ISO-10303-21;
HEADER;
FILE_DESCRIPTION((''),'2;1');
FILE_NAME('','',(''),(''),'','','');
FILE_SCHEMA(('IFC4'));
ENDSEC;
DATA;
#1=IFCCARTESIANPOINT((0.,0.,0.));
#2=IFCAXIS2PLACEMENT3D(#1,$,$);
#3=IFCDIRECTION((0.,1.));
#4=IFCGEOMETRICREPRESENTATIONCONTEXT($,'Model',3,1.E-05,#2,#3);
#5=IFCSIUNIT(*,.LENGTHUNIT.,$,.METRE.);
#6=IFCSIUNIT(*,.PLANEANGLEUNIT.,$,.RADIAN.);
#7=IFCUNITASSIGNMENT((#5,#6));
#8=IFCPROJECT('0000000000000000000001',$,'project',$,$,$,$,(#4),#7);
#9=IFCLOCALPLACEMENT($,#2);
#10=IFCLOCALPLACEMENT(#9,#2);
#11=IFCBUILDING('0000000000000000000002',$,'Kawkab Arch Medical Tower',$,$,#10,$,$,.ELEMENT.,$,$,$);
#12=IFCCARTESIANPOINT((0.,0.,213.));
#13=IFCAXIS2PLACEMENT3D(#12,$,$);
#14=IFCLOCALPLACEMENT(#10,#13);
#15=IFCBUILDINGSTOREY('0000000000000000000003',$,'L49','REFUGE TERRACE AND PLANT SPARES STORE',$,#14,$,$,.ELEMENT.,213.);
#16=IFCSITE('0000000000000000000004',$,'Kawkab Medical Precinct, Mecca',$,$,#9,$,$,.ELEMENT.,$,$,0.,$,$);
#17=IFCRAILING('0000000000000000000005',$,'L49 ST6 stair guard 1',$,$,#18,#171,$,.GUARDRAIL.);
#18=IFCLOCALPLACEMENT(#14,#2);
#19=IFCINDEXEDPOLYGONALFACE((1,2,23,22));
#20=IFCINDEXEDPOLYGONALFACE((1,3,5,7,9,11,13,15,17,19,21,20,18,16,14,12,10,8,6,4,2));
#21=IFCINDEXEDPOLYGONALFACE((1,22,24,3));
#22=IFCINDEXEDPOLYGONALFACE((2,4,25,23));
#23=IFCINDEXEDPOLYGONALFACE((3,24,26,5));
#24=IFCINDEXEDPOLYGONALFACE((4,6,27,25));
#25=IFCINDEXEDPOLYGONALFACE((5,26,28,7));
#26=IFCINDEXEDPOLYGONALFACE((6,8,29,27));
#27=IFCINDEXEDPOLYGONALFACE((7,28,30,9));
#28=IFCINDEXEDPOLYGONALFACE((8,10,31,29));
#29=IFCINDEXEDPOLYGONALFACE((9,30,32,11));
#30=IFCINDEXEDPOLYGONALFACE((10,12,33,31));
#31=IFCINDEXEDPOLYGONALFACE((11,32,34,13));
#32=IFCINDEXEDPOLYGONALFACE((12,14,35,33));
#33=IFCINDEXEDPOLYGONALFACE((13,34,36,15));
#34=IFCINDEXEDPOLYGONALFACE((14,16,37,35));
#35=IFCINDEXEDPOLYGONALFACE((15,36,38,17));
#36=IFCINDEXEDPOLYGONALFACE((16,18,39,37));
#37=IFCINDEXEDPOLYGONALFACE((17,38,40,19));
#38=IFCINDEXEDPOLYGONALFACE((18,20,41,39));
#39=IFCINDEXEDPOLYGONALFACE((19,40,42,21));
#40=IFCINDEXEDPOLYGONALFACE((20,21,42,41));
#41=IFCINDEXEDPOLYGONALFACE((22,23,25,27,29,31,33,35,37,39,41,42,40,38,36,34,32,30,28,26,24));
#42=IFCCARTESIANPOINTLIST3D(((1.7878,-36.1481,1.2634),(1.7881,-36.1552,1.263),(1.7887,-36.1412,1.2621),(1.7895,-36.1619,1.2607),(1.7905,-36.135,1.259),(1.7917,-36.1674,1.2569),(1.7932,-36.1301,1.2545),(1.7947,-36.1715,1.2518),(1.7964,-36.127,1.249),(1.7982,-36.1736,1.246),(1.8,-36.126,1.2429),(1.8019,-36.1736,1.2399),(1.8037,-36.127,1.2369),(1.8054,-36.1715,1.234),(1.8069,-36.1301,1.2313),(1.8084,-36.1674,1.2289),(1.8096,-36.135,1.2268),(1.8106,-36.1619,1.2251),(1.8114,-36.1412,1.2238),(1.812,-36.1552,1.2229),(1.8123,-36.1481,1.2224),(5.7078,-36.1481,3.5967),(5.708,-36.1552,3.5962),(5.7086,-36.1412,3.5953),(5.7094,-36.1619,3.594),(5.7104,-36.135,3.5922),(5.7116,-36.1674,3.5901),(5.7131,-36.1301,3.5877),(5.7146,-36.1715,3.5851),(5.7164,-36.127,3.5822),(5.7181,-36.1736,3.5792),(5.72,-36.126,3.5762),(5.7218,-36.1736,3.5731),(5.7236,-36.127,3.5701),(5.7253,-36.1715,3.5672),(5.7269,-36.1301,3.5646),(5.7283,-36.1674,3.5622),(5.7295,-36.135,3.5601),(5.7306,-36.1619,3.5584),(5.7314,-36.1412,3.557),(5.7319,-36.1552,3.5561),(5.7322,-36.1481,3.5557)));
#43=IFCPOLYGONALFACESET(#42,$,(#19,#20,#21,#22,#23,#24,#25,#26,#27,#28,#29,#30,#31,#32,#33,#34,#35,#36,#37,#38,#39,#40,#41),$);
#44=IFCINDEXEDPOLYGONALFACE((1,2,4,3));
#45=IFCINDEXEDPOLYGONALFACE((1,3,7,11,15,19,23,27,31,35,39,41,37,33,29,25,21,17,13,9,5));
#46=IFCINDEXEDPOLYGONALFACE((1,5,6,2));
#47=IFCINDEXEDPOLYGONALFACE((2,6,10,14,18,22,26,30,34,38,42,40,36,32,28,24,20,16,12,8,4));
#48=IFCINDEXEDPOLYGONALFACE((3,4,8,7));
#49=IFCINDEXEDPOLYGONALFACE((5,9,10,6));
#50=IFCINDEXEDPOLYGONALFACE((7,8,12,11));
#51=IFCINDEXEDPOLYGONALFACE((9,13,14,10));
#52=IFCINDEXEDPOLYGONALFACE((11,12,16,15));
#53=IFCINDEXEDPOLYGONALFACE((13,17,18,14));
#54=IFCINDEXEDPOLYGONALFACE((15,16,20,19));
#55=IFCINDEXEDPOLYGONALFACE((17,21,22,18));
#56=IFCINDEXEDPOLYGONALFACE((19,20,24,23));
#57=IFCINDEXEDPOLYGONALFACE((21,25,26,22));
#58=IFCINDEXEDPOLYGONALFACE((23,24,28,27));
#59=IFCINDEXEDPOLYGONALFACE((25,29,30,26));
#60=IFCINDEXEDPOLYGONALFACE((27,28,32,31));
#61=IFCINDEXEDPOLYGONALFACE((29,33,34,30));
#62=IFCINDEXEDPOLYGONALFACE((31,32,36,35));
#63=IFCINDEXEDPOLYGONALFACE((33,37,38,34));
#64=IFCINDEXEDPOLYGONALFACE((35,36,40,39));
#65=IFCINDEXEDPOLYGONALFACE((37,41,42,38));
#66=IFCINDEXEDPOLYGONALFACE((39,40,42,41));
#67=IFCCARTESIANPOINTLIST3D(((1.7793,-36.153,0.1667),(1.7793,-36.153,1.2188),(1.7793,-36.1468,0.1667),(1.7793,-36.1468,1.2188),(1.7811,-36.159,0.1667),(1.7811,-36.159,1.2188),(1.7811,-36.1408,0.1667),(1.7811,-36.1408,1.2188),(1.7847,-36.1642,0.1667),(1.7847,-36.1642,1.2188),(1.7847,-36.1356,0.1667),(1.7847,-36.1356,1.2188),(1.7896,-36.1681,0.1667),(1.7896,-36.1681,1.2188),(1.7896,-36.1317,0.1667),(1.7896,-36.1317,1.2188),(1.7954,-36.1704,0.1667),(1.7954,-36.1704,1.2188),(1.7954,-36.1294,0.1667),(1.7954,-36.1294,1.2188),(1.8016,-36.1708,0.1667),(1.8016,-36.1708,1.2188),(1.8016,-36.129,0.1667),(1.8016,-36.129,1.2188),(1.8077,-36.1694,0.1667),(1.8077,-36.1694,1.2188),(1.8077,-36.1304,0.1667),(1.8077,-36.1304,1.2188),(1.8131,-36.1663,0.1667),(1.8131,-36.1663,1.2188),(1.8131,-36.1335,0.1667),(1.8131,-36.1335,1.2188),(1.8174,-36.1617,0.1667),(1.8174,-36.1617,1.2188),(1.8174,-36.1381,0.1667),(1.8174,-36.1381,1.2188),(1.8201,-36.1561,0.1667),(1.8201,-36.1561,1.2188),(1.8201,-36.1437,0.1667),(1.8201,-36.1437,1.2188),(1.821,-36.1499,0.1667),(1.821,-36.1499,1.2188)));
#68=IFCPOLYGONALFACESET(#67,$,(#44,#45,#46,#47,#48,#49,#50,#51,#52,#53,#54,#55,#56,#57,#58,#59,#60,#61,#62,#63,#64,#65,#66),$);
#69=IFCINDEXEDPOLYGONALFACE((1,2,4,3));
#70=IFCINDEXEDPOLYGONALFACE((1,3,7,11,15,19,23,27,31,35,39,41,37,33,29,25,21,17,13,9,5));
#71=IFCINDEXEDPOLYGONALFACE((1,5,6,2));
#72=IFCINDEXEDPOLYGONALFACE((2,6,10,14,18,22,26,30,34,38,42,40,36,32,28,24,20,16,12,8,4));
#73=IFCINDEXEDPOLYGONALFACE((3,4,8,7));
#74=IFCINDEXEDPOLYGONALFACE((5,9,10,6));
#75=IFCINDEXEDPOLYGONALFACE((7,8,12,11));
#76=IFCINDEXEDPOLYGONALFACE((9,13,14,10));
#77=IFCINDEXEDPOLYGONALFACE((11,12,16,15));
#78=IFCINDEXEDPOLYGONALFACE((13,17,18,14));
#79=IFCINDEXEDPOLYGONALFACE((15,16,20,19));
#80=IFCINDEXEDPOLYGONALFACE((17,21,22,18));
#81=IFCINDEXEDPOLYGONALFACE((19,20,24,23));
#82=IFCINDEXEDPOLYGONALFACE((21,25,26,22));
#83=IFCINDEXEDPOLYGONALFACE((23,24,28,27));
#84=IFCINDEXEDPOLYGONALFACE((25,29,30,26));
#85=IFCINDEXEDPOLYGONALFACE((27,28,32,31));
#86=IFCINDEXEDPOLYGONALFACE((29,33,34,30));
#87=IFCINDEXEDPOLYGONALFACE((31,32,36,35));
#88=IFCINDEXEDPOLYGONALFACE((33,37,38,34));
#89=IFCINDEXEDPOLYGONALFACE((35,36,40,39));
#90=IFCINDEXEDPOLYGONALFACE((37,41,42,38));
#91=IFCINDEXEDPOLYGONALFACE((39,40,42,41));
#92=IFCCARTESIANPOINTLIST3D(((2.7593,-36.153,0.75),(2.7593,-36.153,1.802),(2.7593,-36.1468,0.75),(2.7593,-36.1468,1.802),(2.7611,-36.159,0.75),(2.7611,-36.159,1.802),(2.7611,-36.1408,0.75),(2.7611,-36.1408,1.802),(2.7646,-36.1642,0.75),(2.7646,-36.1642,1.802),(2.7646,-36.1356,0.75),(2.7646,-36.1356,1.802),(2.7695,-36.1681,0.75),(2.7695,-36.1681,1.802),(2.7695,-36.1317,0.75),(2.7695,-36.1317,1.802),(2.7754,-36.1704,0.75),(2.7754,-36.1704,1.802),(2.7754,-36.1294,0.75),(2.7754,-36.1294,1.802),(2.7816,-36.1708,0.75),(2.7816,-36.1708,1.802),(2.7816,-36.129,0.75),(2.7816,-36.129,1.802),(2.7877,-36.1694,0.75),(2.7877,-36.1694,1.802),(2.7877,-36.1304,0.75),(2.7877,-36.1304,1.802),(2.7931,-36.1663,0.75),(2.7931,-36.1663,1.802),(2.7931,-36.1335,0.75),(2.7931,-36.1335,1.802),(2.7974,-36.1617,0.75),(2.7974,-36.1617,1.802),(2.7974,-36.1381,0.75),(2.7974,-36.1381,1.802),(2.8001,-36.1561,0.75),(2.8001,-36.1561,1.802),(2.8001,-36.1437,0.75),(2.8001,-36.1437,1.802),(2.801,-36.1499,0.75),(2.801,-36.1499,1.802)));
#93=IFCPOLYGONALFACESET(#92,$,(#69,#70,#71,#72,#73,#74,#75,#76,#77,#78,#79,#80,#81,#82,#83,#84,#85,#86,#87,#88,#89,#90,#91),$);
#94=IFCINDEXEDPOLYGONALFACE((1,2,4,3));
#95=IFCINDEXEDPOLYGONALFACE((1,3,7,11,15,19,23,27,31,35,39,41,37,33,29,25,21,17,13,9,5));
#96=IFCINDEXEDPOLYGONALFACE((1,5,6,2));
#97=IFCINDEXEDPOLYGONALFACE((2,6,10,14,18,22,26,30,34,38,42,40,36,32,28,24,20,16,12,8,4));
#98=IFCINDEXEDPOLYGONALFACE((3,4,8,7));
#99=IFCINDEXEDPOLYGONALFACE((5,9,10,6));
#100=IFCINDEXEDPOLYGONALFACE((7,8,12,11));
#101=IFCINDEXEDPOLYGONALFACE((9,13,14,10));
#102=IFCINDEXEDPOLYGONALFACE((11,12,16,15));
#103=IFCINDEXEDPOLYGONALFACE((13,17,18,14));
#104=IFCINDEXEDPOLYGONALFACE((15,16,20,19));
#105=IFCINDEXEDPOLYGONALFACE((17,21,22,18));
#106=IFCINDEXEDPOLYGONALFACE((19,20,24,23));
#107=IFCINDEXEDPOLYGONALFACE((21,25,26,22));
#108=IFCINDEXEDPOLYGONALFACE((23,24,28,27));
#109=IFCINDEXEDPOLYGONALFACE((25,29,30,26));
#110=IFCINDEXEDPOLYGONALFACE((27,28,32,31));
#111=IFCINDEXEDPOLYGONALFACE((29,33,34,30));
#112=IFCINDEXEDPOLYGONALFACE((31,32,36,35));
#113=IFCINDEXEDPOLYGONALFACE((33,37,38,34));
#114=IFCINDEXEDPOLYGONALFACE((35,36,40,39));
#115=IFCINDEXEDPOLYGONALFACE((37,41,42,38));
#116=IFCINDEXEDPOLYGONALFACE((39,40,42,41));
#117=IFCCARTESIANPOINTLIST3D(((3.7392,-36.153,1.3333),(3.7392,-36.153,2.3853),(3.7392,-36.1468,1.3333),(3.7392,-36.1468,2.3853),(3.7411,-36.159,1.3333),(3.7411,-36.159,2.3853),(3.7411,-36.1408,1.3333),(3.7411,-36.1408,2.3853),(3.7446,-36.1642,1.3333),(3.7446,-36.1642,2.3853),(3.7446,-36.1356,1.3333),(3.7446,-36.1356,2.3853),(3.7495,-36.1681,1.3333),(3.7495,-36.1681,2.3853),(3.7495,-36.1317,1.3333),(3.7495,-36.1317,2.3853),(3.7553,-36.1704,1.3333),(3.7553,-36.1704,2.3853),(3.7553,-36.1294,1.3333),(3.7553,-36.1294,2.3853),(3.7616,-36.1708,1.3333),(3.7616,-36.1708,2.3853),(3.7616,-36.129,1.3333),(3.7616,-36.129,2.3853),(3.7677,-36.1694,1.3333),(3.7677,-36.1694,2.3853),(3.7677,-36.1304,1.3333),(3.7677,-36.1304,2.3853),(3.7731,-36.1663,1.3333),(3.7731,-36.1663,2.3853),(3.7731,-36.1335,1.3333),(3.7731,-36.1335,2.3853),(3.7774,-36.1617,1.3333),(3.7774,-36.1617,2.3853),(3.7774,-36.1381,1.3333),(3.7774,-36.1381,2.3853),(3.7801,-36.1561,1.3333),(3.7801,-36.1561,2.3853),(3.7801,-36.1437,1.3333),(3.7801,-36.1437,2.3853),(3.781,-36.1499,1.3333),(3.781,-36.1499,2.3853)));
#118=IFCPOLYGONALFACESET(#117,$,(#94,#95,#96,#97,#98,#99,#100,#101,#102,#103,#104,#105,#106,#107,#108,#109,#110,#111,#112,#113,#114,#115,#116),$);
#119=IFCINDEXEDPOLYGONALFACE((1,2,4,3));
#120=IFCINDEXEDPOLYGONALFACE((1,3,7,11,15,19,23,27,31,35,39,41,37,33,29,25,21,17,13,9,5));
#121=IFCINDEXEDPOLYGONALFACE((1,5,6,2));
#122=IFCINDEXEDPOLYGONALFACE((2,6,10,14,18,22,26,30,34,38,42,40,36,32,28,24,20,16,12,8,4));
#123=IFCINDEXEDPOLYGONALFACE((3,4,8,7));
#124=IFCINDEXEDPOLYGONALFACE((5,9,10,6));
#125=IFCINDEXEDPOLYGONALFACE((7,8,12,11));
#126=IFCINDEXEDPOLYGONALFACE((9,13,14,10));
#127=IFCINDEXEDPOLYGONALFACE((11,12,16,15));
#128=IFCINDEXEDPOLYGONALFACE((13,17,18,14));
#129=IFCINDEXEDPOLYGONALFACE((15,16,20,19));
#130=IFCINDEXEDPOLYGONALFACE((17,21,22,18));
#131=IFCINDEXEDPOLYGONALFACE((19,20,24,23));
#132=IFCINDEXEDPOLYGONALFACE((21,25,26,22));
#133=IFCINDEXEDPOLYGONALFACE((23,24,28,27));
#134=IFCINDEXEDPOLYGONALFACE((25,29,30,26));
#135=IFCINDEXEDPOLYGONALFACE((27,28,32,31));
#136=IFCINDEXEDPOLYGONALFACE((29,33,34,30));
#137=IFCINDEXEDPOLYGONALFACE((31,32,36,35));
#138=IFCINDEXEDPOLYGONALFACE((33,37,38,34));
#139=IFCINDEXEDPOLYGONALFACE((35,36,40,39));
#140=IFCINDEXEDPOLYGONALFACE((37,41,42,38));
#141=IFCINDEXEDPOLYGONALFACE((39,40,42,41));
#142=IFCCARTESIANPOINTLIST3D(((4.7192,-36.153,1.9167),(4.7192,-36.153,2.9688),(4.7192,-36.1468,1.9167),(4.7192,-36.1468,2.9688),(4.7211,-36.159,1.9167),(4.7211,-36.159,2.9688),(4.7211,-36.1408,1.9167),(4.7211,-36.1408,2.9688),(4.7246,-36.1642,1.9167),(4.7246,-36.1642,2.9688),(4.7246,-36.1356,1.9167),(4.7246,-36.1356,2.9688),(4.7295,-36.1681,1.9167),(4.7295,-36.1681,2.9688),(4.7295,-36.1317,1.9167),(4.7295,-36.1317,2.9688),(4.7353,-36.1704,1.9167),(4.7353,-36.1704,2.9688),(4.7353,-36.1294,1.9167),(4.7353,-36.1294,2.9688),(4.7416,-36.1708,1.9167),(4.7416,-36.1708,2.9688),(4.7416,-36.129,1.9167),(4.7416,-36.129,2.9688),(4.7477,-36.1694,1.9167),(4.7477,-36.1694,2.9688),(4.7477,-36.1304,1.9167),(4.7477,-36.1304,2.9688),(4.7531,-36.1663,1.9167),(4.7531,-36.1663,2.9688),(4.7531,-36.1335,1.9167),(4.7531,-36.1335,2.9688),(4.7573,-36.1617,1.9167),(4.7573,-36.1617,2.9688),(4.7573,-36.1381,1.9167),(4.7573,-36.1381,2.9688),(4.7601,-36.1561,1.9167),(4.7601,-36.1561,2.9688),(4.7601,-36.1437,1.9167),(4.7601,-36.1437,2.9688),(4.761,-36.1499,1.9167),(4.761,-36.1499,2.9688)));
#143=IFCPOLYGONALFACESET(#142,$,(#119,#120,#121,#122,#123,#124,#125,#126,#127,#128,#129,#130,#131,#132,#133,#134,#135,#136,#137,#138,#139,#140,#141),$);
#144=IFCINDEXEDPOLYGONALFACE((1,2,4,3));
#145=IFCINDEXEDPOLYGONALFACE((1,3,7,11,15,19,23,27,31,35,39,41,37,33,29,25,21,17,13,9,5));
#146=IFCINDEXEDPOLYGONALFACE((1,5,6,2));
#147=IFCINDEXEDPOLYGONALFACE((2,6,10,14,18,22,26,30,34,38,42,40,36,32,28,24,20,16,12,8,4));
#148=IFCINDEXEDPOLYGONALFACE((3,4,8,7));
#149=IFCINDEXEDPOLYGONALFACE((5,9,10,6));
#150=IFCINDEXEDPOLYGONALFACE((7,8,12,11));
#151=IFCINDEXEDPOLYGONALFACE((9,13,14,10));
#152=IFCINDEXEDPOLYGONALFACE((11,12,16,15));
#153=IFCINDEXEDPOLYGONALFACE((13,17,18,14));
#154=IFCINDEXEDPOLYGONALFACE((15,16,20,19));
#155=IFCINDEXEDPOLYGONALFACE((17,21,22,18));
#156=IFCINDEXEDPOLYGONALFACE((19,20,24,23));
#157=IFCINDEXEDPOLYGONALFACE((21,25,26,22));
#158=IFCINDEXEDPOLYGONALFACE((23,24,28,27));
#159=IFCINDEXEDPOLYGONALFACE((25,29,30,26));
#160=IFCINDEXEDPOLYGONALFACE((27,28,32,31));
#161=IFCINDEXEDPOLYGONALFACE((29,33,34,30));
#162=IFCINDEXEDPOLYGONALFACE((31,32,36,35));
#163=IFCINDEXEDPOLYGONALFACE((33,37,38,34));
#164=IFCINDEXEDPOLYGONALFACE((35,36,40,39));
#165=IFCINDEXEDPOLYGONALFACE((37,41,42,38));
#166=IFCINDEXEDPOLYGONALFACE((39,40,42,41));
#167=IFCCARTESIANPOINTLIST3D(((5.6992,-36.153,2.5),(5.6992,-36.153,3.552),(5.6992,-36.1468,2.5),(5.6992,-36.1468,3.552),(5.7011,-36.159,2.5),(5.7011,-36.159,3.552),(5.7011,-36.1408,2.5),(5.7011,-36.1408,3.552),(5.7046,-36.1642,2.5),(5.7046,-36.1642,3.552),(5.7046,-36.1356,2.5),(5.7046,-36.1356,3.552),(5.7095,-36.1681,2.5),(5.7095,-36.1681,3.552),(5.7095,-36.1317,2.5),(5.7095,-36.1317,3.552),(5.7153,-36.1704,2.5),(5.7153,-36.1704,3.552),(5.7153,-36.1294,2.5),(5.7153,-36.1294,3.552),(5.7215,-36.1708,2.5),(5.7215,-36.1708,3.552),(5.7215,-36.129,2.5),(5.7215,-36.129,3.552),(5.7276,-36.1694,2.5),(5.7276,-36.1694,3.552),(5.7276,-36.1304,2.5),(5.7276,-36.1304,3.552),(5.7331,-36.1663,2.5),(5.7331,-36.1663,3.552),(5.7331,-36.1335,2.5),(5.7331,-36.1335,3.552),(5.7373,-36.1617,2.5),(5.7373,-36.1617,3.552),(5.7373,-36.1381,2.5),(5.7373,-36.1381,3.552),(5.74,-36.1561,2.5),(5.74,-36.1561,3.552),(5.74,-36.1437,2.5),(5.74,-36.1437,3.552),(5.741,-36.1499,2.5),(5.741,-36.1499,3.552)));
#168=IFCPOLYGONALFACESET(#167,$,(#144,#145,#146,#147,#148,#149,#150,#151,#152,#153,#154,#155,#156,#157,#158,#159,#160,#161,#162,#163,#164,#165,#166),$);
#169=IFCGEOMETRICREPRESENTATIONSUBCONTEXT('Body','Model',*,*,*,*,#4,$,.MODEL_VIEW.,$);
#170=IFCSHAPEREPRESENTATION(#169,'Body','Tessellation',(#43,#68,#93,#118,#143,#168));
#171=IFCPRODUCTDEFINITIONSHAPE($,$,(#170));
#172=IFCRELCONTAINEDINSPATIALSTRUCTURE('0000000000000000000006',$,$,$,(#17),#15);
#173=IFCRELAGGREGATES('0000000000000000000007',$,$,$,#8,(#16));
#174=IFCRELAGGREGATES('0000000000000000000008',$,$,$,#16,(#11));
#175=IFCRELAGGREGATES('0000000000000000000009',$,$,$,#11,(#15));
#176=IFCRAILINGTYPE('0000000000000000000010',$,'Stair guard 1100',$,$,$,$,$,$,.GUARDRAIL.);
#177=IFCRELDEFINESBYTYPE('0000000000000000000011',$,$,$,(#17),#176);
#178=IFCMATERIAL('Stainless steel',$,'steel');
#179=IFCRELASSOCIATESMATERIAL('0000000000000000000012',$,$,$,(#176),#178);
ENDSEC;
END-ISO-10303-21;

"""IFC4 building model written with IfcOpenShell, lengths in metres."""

from ifc_helpers import new_model, si_unit, direction, frame, origin, origin_2d, place, context, subcontext, project, spatial, circle, extrude, material, type_object, element, save


model = new_model("IFC4")

# Units and contexts
model_context = context("Model", 3, precision=1e-05, world=origin(), true_north=direction((0.0, 1.0)))
body_context = subcontext(model_context, "Body", "Model", "MODEL_VIEW")
ifc_project = project(units=[si_unit("LENGTHUNIT", "METRE"), si_unit("PLANEANGLEUNIT", "RADIAN")], contexts=[model_context])

# Site, building, storey
site_placement = place(None, origin())
site = spatial("IfcSite", under=ifc_project, at=site_placement, Name="Kawkab Medical Precinct, Mecca", CompositionType="ELEMENT", RefElevation=0.0)
building_placement = place(site_placement, origin())
building = spatial("IfcBuilding", under=site, at=building_placement, Name="Kawkab Arch Medical Tower", CompositionType="ELEMENT")
storey_placement = place(building_placement, frame((0.0, 0.0, 213.0)))
storey = spatial("IfcBuildingStorey", under=building, at=storey_placement, Name="L49", Description="REFUGE TERRACE AND PLANT SPARES STORE", CompositionType="ELEMENT", Elevation=213.0)

# Railing
ifc_material_1 = material(Name="Stainless steel", Category="steel")
railing_type = type_object("IfcRailingType", Name="Stair guard 1100", PredefinedType="GUARDRAIL", material=ifc_material_1)
railing_1_placement = place(storey_placement, frame((1.8, -36.1499, 0.1667)))
element("IfcRailing", 1, at=railing_1_placement, inside=storey, type_object=railing_type, Name="L49 ST6 stair guard 1", PredefinedType="GUARDRAIL", context=body_context, shape_type="SweptSolid", body=[
    extrude(circle(Radius=0.0239, at=origin_2d()), frame((0.0, 0.0, 1.0762), z_axis=(0.859296, 0.0, 0.511478), x_axis=(0.0, 1.0, 0.0)), (0.0, 0.0, 1.0), 4.5618),
    extrude(circle(Radius=0.021, at=origin_2d()), origin(), (0.0, 0.0, 1.0), 1.052),
    extrude(circle(Radius=0.021, at=origin_2d()), frame((0.98, 0.0, 0.5833)), (0.0, 0.0, 1.0), 1.052),
    extrude(circle(Radius=0.021, at=origin_2d()), frame((1.96, 0.0, 1.1665)), (0.0, 0.0, 1.0), 1.052),
    extrude(circle(Radius=0.021, at=origin_2d()), frame((2.9399, 0.0, 1.75)), (0.0, 0.0, 1.0), 1.052),
    extrude(circle(Radius=0.021, at=origin_2d()), frame((3.9199, 0.0, 2.3333)), (0.0, 0.0, 1.0), 1.052),
])

save(model, "model.ifc")
